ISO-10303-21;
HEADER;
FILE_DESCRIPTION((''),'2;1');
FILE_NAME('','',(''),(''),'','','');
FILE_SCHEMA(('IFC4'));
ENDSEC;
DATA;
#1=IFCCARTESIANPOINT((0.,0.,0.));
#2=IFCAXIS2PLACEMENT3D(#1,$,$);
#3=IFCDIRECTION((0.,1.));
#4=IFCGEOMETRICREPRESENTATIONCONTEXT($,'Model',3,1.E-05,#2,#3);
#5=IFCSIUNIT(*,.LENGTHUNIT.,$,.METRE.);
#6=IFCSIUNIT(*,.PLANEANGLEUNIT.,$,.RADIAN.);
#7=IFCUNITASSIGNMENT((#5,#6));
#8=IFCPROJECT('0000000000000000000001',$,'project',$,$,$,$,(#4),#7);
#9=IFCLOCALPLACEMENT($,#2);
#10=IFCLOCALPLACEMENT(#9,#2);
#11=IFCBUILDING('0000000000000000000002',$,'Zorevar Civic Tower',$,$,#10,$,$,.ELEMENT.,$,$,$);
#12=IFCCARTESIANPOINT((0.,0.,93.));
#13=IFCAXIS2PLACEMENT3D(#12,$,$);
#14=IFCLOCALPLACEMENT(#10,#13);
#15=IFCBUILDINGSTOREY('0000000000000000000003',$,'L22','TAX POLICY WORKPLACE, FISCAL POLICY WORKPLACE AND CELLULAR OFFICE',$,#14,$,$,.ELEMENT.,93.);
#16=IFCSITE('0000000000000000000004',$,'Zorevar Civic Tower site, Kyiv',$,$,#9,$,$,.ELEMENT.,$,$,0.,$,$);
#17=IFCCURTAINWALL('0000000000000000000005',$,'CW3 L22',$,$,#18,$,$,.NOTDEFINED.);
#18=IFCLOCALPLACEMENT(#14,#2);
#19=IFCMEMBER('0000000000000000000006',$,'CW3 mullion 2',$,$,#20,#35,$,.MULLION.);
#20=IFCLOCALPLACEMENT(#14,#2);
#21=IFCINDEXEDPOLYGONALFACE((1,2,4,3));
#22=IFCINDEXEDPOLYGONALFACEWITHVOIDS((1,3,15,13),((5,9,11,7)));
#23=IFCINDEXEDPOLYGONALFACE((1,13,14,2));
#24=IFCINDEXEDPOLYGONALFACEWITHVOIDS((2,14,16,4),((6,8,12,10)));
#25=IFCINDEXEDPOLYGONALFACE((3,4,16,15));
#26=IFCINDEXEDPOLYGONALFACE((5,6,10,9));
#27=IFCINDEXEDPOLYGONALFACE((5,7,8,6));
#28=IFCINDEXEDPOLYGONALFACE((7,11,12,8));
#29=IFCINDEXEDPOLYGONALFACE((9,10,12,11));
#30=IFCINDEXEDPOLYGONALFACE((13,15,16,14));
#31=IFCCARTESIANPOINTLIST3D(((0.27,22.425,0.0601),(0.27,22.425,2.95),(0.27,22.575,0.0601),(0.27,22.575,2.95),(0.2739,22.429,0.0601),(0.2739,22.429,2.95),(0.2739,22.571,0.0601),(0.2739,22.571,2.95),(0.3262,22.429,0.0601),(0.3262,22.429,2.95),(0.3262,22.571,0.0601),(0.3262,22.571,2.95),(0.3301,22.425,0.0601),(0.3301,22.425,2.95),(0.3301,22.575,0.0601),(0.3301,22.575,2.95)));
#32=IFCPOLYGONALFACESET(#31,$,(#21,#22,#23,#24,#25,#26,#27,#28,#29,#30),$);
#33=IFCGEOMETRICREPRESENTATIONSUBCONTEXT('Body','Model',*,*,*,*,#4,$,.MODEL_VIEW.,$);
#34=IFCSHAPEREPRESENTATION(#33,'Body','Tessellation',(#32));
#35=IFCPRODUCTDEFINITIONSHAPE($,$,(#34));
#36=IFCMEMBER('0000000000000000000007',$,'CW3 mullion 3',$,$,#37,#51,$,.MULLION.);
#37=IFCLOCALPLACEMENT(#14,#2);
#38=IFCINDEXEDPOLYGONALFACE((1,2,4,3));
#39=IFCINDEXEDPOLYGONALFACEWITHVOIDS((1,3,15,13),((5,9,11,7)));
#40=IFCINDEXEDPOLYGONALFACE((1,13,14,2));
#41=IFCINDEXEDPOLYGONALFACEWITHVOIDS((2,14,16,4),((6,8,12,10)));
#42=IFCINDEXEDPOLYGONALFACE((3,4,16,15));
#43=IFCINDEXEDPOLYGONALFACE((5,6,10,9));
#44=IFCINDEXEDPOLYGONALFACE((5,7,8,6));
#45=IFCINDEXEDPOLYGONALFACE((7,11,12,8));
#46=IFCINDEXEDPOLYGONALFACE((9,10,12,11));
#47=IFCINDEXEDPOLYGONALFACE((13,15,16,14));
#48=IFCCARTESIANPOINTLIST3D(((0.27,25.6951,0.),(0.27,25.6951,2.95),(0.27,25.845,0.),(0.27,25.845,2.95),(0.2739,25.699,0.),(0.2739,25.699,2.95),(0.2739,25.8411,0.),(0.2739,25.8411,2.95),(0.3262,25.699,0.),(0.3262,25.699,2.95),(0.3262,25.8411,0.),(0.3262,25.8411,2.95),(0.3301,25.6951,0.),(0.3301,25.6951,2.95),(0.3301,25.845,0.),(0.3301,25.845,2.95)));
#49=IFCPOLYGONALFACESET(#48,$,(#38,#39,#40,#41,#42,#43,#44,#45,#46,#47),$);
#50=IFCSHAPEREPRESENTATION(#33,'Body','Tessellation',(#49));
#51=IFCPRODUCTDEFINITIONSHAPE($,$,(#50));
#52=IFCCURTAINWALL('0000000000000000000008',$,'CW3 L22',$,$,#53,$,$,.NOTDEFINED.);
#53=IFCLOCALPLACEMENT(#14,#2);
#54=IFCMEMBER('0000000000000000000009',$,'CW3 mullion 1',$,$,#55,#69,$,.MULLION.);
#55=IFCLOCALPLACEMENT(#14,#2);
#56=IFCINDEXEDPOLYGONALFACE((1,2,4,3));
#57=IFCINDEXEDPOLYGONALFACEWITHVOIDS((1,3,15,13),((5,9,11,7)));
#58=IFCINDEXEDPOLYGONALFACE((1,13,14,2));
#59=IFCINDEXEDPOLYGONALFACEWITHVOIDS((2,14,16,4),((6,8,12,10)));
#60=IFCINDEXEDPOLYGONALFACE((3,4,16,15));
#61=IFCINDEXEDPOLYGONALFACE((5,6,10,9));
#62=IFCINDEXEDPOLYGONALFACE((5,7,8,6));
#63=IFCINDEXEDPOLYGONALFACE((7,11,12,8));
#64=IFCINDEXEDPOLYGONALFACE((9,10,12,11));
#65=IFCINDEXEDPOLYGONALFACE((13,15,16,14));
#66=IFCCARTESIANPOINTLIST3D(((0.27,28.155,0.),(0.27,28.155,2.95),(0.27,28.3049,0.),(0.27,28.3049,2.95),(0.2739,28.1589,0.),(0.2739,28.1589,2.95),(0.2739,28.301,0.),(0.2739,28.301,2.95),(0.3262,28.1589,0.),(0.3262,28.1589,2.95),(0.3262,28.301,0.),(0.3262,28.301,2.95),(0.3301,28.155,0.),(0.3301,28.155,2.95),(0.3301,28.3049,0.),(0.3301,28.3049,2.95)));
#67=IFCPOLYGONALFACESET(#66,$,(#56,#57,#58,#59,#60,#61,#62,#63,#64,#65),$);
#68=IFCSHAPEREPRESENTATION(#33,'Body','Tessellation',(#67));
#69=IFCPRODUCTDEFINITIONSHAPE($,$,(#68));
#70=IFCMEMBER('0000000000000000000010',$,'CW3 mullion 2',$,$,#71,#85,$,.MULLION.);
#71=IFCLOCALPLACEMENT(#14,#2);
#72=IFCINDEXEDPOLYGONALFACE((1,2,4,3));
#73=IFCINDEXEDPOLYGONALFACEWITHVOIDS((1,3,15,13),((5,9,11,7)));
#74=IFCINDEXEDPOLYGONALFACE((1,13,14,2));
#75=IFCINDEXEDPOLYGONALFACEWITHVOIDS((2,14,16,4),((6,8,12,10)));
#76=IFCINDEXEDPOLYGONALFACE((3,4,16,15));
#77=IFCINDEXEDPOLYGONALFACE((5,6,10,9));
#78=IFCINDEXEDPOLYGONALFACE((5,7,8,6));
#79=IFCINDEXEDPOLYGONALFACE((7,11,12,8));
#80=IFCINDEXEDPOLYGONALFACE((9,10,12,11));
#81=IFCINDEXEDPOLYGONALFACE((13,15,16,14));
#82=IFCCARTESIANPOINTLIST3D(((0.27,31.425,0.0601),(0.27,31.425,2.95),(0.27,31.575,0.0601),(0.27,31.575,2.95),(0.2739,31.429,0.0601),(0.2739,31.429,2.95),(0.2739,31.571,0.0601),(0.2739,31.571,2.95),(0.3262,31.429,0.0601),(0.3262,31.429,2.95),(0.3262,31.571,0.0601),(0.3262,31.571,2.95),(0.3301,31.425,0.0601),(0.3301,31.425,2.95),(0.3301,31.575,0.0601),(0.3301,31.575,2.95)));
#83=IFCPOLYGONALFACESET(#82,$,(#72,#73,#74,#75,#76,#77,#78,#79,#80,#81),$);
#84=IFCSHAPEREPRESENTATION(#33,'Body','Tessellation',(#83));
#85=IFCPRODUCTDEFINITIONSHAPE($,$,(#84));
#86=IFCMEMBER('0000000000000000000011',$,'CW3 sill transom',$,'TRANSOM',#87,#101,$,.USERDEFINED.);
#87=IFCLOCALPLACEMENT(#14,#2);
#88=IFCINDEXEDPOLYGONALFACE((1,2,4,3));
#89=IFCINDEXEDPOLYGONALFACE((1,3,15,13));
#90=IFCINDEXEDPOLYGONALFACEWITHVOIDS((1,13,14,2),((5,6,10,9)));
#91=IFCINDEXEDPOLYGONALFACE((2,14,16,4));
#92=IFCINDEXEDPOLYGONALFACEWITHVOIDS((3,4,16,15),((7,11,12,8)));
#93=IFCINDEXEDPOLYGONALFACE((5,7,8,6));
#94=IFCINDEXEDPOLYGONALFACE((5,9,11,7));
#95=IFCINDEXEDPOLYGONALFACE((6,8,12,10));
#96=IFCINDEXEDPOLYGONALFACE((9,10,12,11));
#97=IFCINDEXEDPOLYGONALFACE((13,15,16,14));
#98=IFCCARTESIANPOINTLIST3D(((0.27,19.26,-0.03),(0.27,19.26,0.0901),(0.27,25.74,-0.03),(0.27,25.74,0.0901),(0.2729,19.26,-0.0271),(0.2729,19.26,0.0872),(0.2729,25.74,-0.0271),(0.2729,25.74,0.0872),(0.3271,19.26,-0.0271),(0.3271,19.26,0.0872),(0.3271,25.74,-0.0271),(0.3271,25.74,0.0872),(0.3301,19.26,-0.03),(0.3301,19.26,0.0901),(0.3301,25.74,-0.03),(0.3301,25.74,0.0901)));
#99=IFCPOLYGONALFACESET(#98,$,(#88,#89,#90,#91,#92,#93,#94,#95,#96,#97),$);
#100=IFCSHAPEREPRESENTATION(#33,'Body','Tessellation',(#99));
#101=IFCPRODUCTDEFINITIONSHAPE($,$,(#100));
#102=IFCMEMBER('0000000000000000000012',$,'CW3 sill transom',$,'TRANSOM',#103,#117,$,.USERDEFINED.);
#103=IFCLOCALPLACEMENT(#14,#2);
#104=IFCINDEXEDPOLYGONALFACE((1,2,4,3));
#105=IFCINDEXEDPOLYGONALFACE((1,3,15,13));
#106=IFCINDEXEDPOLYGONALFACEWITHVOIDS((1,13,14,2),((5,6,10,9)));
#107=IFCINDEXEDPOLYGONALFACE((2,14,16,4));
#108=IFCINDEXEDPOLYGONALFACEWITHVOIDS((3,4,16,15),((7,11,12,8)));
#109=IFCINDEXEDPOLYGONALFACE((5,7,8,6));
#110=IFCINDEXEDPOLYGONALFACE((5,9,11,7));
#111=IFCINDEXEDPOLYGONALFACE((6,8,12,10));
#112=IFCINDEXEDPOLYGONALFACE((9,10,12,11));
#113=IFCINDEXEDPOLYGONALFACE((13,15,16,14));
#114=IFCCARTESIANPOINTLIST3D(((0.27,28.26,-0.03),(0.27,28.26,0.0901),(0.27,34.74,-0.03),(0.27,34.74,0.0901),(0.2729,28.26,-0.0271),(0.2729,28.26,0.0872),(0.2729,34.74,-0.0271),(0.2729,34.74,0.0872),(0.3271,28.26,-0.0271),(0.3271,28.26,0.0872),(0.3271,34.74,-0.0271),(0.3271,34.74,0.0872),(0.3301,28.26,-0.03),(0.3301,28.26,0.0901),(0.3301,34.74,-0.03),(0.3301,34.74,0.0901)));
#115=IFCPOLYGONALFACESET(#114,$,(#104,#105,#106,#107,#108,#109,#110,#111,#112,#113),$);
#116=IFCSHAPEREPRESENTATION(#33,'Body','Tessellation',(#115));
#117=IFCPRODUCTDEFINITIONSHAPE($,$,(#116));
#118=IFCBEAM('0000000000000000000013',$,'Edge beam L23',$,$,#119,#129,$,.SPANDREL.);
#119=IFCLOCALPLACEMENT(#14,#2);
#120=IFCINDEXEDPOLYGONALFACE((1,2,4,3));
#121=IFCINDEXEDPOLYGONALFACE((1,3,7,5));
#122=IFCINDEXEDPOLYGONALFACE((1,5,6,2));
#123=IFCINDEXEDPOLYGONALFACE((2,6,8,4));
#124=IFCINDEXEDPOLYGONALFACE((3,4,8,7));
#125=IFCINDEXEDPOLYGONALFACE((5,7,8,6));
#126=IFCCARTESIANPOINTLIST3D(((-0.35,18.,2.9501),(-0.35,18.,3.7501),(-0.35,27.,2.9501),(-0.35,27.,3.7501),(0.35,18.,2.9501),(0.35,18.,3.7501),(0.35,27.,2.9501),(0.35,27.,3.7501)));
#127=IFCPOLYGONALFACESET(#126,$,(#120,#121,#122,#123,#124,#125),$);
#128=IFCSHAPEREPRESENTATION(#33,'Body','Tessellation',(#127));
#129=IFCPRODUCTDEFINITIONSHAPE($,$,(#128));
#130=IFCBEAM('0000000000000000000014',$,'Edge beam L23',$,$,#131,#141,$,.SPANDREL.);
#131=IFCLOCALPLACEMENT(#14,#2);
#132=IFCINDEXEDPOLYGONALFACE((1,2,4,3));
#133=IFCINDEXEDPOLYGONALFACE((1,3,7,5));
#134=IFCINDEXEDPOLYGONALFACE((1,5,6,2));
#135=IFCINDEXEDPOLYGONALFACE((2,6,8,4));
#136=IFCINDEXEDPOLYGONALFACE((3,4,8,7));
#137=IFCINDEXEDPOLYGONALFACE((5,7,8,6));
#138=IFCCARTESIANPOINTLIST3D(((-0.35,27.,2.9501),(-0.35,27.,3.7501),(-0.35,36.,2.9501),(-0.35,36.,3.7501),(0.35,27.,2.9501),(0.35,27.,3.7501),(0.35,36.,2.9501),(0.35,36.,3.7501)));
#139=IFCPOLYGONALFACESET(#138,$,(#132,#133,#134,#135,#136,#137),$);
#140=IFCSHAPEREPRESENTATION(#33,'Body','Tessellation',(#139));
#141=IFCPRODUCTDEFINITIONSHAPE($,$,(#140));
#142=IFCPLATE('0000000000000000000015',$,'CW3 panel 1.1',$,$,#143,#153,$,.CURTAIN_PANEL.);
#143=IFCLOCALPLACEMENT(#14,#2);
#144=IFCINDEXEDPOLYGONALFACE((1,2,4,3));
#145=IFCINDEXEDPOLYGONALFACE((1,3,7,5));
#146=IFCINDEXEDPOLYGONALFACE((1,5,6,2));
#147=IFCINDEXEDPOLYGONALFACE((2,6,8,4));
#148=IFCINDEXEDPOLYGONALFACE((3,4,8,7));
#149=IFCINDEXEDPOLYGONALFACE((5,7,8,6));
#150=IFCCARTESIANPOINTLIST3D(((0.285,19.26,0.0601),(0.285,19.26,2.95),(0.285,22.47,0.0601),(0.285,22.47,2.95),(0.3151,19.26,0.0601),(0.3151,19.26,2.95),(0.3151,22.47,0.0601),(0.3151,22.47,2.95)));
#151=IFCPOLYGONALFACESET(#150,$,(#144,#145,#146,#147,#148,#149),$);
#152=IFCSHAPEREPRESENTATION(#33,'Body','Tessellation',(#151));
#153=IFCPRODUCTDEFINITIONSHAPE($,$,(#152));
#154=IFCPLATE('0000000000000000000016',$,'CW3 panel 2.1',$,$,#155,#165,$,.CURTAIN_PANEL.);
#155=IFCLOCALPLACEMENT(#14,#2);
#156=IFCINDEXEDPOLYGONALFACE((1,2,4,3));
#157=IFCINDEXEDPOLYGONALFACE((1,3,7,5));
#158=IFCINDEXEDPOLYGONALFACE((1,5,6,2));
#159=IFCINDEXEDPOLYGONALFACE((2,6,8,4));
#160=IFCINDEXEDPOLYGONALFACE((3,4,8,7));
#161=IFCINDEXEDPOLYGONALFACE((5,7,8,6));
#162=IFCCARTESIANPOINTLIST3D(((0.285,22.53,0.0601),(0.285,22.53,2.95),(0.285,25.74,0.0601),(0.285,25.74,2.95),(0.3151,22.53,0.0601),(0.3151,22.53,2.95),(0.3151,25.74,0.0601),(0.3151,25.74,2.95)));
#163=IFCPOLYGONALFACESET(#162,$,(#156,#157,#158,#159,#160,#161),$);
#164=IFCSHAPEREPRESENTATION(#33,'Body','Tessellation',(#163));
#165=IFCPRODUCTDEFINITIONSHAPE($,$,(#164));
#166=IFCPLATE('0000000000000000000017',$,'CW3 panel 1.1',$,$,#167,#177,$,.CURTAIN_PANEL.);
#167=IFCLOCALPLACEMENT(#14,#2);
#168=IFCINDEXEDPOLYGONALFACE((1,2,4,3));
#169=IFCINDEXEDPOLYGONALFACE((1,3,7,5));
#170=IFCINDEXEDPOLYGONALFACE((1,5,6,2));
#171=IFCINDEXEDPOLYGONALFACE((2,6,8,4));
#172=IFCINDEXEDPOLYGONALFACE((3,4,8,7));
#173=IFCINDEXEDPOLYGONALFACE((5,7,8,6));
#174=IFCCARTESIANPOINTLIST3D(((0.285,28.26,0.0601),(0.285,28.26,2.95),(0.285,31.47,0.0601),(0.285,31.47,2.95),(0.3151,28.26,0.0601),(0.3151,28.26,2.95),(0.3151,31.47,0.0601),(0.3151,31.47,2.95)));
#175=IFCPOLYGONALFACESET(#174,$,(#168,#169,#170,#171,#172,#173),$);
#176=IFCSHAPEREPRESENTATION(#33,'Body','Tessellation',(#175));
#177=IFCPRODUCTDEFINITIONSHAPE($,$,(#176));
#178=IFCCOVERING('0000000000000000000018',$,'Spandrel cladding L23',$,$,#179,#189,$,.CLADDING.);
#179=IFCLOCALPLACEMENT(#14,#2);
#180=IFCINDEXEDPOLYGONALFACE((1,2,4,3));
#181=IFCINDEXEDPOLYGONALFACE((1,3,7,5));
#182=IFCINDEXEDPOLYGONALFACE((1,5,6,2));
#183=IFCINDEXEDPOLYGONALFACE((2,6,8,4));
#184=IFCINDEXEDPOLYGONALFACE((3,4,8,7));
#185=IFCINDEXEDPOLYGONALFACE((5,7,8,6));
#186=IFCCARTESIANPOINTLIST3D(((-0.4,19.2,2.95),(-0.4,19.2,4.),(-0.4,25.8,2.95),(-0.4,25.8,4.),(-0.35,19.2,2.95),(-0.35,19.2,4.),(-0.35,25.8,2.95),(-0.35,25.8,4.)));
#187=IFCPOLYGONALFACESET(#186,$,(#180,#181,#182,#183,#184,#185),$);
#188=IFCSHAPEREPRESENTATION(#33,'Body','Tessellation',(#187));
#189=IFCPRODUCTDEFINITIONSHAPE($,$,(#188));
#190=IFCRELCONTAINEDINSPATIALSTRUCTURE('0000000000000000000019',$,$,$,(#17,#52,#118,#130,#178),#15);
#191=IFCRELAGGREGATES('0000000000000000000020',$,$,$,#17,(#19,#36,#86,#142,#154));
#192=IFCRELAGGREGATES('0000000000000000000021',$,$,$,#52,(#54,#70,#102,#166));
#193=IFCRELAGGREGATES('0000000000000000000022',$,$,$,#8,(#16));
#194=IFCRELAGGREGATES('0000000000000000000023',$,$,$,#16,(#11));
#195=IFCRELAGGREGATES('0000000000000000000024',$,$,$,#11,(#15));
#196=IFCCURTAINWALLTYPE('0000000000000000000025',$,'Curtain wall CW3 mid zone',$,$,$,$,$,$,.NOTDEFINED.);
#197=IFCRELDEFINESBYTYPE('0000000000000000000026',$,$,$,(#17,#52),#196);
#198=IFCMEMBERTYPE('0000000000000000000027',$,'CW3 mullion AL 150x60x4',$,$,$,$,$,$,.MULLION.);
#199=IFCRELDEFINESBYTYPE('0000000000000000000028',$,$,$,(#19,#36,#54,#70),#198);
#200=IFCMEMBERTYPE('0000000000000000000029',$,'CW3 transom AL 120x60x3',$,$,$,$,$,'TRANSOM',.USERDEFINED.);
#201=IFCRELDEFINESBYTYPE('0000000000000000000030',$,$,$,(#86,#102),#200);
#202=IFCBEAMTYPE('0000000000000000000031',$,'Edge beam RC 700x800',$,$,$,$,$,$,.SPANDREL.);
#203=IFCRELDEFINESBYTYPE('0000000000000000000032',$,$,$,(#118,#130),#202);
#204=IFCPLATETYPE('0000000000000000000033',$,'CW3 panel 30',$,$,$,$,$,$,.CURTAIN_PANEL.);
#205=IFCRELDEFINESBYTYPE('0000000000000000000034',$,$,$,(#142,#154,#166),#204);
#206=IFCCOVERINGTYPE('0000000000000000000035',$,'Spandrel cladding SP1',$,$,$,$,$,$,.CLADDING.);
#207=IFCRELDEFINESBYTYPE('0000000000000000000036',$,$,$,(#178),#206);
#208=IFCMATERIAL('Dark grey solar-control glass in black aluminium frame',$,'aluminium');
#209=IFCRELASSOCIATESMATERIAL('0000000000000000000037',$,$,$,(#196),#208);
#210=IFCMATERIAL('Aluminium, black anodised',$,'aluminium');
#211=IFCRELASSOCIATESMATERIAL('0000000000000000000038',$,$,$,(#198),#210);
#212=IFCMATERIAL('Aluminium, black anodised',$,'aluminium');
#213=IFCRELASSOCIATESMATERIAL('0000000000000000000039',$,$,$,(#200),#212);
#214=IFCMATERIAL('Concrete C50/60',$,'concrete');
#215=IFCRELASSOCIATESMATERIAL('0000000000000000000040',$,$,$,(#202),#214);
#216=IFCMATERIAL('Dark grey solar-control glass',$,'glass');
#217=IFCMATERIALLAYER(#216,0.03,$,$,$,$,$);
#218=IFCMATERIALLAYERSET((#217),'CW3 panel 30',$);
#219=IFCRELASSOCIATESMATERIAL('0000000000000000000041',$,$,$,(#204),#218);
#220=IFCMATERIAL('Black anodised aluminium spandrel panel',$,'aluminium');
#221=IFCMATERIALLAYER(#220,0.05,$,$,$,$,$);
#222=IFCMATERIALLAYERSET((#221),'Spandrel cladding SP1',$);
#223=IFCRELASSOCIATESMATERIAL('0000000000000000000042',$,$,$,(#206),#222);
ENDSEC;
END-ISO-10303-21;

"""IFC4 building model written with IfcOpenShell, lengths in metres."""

from ifc_helpers import new_model, si_unit, direction, frame, frame_2d, origin, origin_2d, place, context, subcontext, project, spatial, rectangle, hollow_rectangle, extrude, material, layer, layer_set, material_profile, profile_set, type_object, element, aggregate, save


model = new_model("IFC4")

# Units and contexts
model_context = context("Model", 3, precision=1e-05, world=origin(), true_north=direction((0.0, 1.0)))
body_context = subcontext(model_context, "Body", "Model", "MODEL_VIEW")
ifc_project = project(units=[si_unit("LENGTHUNIT", "METRE"), si_unit("PLANEANGLEUNIT", "RADIAN")], contexts=[model_context])

# Site, building, storey
site_placement = place(None, origin())
site = spatial("IfcSite", under=ifc_project, at=site_placement, Name="Zorevar Civic Tower site, Kyiv", CompositionType="ELEMENT", RefElevation=0.0)
building_placement = place(site_placement, origin())
building = spatial("IfcBuilding", under=site, at=building_placement, Name="Zorevar Civic Tower", CompositionType="ELEMENT")
storey_placement = place(building_placement, frame((0.0, 0.0, 93.0)))
storey = spatial("IfcBuildingStorey", under=building, at=storey_placement, Name="L22", Description="TAX POLICY WORKPLACE, FISCAL POLICY WORKPLACE AND CELLULAR OFFICE", CompositionType="ELEMENT", Elevation=93.0)

# Curtain walls, members
ifc_material_1 = material(Name="Dark grey solar-control glass in black aluminium frame", Category="aluminium")
curtain_wall_type = type_object("IfcCurtainWallType", Name="Curtain wall CW3 mid zone", PredefinedType="NOTDEFINED", material=ifc_material_1)
curtain_wall_1_placement = place(storey_placement, origin())
curtain_wall_1 = element("IfcCurtainWall", 1, at=curtain_wall_1_placement, inside=storey, type_object=curtain_wall_type, Name="CW3 L22", PredefinedType="NOTDEFINED")
ifc_material_2 = material(Name="Aluminium, black anodised", Category="aluminium")
ifc_material_profile_1 = material_profile(ifc_material_2, hollow_rectangle(XDim=0.0601, YDim=0.1499, WallThickness=0.0039, at=origin_2d()), Name="AL 150x60x4")
ifc_profile_set_1 = profile_set([ifc_material_profile_1], Name="Aluminium, black anodised")
member_type_1 = type_object("IfcMemberType", Name="CW3 mullion AL 150x60x4", PredefinedType="MULLION", material=ifc_profile_set_1)
member_1_placement = place(storey_placement, frame((0.3, 22.5, 0.0601), z_axis=(0.0, 0.0, 1.0), x_axis=(-1.0, 0.0, 0.0)))
member_1 = element("IfcMember", 2, at=member_1_placement, type_object=member_type_1, Name="CW3 mullion 2", PredefinedType="MULLION", context=body_context, shape_type="SweptSolid", body=[
    extrude(hollow_rectangle(XDim=0.0601, YDim=0.1499, WallThickness=0.0039, at=origin_2d()), origin(), (0.0, 0.0, 1.0), 2.8899),
])
member_2_placement = place(storey_placement, frame((0.3, 25.77, 0.0), z_axis=(0.0, 0.0, 1.0), x_axis=(-1.0, 0.0, 0.0)))
member_2 = element("IfcMember", 3, at=member_2_placement, type_object=member_type_1, Name="CW3 mullion 3", PredefinedType="MULLION", context=body_context, shape_type="SweptSolid", body=[
    extrude(hollow_rectangle(XDim=0.0601, YDim=0.1499, WallThickness=0.0039, at=origin_2d()), origin(), (0.0, 0.0, 1.0), 2.95),
])
curtain_wall_2_placement = place(storey_placement, origin())
curtain_wall_2 = element("IfcCurtainWall", 4, at=curtain_wall_2_placement, inside=storey, type_object=curtain_wall_type, Name="CW3 L22", PredefinedType="NOTDEFINED")
member_3_placement = place(storey_placement, frame((0.3, 28.23, 0.0), z_axis=(0.0, 0.0, 1.0), x_axis=(-1.0, 0.0, 0.0)))
member_3 = element("IfcMember", 5, at=member_3_placement, type_object=member_type_1, Name="CW3 mullion 1", PredefinedType="MULLION", context=body_context, shape_type="SweptSolid", body=[
    extrude(hollow_rectangle(XDim=0.0601, YDim=0.1499, WallThickness=0.0039, at=origin_2d()), origin(), (0.0, 0.0, 1.0), 2.95),
])
member_4_placement = place(storey_placement, frame((0.3, 31.5, 0.0601), z_axis=(0.0, 0.0, 1.0), x_axis=(-1.0, 0.0, 0.0)))
member_4 = element("IfcMember", 6, at=member_4_placement, type_object=member_type_1, Name="CW3 mullion 2", PredefinedType="MULLION", context=body_context, shape_type="SweptSolid", body=[
    extrude(hollow_rectangle(XDim=0.0601, YDim=0.1499, WallThickness=0.0039, at=origin_2d()), origin(), (0.0, 0.0, 1.0), 2.8899),
])

# Members
ifc_material_3 = material(Name="Aluminium, black anodised", Category="aluminium")
ifc_material_profile_2 = material_profile(ifc_material_3, hollow_rectangle(XDim=0.0601, YDim=0.1201, WallThickness=0.0029, at=origin_2d()), Name="AL 120x60x3")
ifc_profile_set_2 = profile_set([ifc_material_profile_2], Name="Aluminium, black anodised")
member_type_2 = type_object("IfcMemberType", Name="CW3 transom AL 120x60x3", ElementType="TRANSOM", PredefinedType="USERDEFINED", material=ifc_profile_set_2)
member_5_placement = place(storey_placement, frame((0.3, 19.26, 0.03), z_axis=(0.0, 1.0, 0.0), x_axis=(-1.0, 0.0, 0.0)))
member_5 = element("IfcMember", 7, at=member_5_placement, type_object=member_type_2, Name="CW3 sill transom", ObjectType="TRANSOM", PredefinedType="USERDEFINED", context=body_context, shape_type="SweptSolid", body=[
    extrude(hollow_rectangle(XDim=0.0601, YDim=0.1201, WallThickness=0.0029, at=origin_2d()), origin(), (0.0, 0.0, 1.0), 6.48),
])
member_6_placement = place(storey_placement, frame((0.3, 28.26, 0.03), z_axis=(0.0, 1.0, 0.0), x_axis=(-1.0, 0.0, 0.0)))
member_6 = element("IfcMember", 8, at=member_6_placement, type_object=member_type_2, Name="CW3 sill transom", ObjectType="TRANSOM", PredefinedType="USERDEFINED", context=body_context, shape_type="SweptSolid", body=[
    extrude(hollow_rectangle(XDim=0.0601, YDim=0.1201, WallThickness=0.0029, at=origin_2d()), origin(), (0.0, 0.0, 1.0), 6.48),
])

# Beams
ifc_material_4 = material(Name="Concrete C50/60", Category="concrete")
ifc_material_profile_3 = material_profile(ifc_material_4, rectangle(XDim=0.7, YDim=0.8, at=origin_2d()), Name="RC 700x800")
ifc_profile_set_3 = profile_set([ifc_material_profile_3], Name="Concrete C50/60")
beam_type_1 = type_object("IfcBeamType", Name="Edge beam RC 700x800", PredefinedType="SPANDREL", material=ifc_profile_set_3)
for number, where, z_axis, x_axis, name in (
    (9, (0.0, 18.0, 3.3501), (0.0, 1.0, 0.0), (-1.0, 0.0, 0.0), "Edge beam L23"),
    (10, (0.0, 27.0, 3.3501), (0.0, 1.0, 0.0), (-1.0, 0.0, 0.0), "Edge beam L23"),
):
    element("IfcBeam", number, at=place(storey_placement, frame(where, z_axis=z_axis, x_axis=x_axis)), inside=storey, type_object=beam_type_1, Name=name, PredefinedType="SPANDREL", context=body_context, shape_type="SweptSolid", body=[
        extrude(rectangle(XDim=0.7, YDim=0.8, at=origin_2d()), origin(), (0.0, 0.0, 1.0), 9.0),
    ])

# Plates
ifc_material_5 = material(Name="Dark grey solar-control glass", Category="glass")
ifc_layer_1 = layer(ifc_material_5, 0.03)
ifc_layer_set_1 = layer_set([ifc_layer_1], Name="CW3 panel 30")
plate_type = type_object("IfcPlateType", Name="CW3 panel 30", PredefinedType="CURTAIN_PANEL", material=ifc_layer_set_1)
plate_1_placement = place(storey_placement, frame((0.3, 20.865, 0.0601), z_axis=(0.0, 0.0, 1.0), x_axis=(0.0, 1.0, 0.0)))
plate_1 = element("IfcPlate", 11, at=plate_1_placement, type_object=plate_type, Name="CW3 panel 1.1", PredefinedType="CURTAIN_PANEL", context=body_context, shape_type="SweptSolid", body=[
    extrude(rectangle(XDim=3.21, YDim=0.03, at=origin_2d()), origin(), (0.0, 0.0, 1.0), 2.8899),
])
plate_2_placement = place(storey_placement, frame((0.3, 24.135, 0.0601), z_axis=(0.0, 0.0, 1.0), x_axis=(0.0, 1.0, 0.0)))
plate_2 = element("IfcPlate", 12, at=plate_2_placement, type_object=plate_type, Name="CW3 panel 2.1", PredefinedType="CURTAIN_PANEL", context=body_context, shape_type="SweptSolid", body=[
    extrude(rectangle(XDim=3.21, YDim=0.03, at=origin_2d()), origin(), (0.0, 0.0, 1.0), 2.8899),
])
aggregate(curtain_wall_1, [member_1, member_2, member_5, plate_1, plate_2])
plate_3_placement = place(storey_placement, frame((0.3, 29.865, 0.0601), z_axis=(0.0, 0.0, 1.0), x_axis=(0.0, 1.0, 0.0)))
plate_3 = element("IfcPlate", 13, at=plate_3_placement, type_object=plate_type, Name="CW3 panel 1.1", PredefinedType="CURTAIN_PANEL", context=body_context, shape_type="SweptSolid", body=[
    extrude(rectangle(XDim=3.21, YDim=0.03, at=origin_2d()), origin(), (0.0, 0.0, 1.0), 2.8899),
])
aggregate(curtain_wall_2, [member_3, member_4, member_6, plate_3])

# Covering
ifc_material_6 = material(Name="Black anodised aluminium spandrel panel", Category="aluminium")
ifc_layer_2 = layer(ifc_material_6, 0.05)
ifc_layer_set_2 = layer_set([ifc_layer_2], Name="Spandrel cladding SP1")
covering_type = type_object("IfcCoveringType", Name="Spandrel cladding SP1", PredefinedType="CLADDING", material=ifc_layer_set_2)
for number, where, z_axis, x_axis, name in (
    (14, (-0.375, 19.2, 2.95), (0.0, 0.0, 1.0), (0.0, 1.0, 0.0), "Spandrel cladding L23"),
):
    element("IfcCovering", number, at=place(storey_placement, frame(where, z_axis=z_axis, x_axis=x_axis)), inside=storey, type_object=covering_type, Name=name, PredefinedType="CLADDING", context=body_context, shape_type="SweptSolid", body=[
        extrude(rectangle(XDim=6.6001, YDim=0.05, at=frame_2d((3.3, 0.0))), origin(), (0.0, 0.0, 1.0), 1.05),
    ])

save(model, "model.ifc")
